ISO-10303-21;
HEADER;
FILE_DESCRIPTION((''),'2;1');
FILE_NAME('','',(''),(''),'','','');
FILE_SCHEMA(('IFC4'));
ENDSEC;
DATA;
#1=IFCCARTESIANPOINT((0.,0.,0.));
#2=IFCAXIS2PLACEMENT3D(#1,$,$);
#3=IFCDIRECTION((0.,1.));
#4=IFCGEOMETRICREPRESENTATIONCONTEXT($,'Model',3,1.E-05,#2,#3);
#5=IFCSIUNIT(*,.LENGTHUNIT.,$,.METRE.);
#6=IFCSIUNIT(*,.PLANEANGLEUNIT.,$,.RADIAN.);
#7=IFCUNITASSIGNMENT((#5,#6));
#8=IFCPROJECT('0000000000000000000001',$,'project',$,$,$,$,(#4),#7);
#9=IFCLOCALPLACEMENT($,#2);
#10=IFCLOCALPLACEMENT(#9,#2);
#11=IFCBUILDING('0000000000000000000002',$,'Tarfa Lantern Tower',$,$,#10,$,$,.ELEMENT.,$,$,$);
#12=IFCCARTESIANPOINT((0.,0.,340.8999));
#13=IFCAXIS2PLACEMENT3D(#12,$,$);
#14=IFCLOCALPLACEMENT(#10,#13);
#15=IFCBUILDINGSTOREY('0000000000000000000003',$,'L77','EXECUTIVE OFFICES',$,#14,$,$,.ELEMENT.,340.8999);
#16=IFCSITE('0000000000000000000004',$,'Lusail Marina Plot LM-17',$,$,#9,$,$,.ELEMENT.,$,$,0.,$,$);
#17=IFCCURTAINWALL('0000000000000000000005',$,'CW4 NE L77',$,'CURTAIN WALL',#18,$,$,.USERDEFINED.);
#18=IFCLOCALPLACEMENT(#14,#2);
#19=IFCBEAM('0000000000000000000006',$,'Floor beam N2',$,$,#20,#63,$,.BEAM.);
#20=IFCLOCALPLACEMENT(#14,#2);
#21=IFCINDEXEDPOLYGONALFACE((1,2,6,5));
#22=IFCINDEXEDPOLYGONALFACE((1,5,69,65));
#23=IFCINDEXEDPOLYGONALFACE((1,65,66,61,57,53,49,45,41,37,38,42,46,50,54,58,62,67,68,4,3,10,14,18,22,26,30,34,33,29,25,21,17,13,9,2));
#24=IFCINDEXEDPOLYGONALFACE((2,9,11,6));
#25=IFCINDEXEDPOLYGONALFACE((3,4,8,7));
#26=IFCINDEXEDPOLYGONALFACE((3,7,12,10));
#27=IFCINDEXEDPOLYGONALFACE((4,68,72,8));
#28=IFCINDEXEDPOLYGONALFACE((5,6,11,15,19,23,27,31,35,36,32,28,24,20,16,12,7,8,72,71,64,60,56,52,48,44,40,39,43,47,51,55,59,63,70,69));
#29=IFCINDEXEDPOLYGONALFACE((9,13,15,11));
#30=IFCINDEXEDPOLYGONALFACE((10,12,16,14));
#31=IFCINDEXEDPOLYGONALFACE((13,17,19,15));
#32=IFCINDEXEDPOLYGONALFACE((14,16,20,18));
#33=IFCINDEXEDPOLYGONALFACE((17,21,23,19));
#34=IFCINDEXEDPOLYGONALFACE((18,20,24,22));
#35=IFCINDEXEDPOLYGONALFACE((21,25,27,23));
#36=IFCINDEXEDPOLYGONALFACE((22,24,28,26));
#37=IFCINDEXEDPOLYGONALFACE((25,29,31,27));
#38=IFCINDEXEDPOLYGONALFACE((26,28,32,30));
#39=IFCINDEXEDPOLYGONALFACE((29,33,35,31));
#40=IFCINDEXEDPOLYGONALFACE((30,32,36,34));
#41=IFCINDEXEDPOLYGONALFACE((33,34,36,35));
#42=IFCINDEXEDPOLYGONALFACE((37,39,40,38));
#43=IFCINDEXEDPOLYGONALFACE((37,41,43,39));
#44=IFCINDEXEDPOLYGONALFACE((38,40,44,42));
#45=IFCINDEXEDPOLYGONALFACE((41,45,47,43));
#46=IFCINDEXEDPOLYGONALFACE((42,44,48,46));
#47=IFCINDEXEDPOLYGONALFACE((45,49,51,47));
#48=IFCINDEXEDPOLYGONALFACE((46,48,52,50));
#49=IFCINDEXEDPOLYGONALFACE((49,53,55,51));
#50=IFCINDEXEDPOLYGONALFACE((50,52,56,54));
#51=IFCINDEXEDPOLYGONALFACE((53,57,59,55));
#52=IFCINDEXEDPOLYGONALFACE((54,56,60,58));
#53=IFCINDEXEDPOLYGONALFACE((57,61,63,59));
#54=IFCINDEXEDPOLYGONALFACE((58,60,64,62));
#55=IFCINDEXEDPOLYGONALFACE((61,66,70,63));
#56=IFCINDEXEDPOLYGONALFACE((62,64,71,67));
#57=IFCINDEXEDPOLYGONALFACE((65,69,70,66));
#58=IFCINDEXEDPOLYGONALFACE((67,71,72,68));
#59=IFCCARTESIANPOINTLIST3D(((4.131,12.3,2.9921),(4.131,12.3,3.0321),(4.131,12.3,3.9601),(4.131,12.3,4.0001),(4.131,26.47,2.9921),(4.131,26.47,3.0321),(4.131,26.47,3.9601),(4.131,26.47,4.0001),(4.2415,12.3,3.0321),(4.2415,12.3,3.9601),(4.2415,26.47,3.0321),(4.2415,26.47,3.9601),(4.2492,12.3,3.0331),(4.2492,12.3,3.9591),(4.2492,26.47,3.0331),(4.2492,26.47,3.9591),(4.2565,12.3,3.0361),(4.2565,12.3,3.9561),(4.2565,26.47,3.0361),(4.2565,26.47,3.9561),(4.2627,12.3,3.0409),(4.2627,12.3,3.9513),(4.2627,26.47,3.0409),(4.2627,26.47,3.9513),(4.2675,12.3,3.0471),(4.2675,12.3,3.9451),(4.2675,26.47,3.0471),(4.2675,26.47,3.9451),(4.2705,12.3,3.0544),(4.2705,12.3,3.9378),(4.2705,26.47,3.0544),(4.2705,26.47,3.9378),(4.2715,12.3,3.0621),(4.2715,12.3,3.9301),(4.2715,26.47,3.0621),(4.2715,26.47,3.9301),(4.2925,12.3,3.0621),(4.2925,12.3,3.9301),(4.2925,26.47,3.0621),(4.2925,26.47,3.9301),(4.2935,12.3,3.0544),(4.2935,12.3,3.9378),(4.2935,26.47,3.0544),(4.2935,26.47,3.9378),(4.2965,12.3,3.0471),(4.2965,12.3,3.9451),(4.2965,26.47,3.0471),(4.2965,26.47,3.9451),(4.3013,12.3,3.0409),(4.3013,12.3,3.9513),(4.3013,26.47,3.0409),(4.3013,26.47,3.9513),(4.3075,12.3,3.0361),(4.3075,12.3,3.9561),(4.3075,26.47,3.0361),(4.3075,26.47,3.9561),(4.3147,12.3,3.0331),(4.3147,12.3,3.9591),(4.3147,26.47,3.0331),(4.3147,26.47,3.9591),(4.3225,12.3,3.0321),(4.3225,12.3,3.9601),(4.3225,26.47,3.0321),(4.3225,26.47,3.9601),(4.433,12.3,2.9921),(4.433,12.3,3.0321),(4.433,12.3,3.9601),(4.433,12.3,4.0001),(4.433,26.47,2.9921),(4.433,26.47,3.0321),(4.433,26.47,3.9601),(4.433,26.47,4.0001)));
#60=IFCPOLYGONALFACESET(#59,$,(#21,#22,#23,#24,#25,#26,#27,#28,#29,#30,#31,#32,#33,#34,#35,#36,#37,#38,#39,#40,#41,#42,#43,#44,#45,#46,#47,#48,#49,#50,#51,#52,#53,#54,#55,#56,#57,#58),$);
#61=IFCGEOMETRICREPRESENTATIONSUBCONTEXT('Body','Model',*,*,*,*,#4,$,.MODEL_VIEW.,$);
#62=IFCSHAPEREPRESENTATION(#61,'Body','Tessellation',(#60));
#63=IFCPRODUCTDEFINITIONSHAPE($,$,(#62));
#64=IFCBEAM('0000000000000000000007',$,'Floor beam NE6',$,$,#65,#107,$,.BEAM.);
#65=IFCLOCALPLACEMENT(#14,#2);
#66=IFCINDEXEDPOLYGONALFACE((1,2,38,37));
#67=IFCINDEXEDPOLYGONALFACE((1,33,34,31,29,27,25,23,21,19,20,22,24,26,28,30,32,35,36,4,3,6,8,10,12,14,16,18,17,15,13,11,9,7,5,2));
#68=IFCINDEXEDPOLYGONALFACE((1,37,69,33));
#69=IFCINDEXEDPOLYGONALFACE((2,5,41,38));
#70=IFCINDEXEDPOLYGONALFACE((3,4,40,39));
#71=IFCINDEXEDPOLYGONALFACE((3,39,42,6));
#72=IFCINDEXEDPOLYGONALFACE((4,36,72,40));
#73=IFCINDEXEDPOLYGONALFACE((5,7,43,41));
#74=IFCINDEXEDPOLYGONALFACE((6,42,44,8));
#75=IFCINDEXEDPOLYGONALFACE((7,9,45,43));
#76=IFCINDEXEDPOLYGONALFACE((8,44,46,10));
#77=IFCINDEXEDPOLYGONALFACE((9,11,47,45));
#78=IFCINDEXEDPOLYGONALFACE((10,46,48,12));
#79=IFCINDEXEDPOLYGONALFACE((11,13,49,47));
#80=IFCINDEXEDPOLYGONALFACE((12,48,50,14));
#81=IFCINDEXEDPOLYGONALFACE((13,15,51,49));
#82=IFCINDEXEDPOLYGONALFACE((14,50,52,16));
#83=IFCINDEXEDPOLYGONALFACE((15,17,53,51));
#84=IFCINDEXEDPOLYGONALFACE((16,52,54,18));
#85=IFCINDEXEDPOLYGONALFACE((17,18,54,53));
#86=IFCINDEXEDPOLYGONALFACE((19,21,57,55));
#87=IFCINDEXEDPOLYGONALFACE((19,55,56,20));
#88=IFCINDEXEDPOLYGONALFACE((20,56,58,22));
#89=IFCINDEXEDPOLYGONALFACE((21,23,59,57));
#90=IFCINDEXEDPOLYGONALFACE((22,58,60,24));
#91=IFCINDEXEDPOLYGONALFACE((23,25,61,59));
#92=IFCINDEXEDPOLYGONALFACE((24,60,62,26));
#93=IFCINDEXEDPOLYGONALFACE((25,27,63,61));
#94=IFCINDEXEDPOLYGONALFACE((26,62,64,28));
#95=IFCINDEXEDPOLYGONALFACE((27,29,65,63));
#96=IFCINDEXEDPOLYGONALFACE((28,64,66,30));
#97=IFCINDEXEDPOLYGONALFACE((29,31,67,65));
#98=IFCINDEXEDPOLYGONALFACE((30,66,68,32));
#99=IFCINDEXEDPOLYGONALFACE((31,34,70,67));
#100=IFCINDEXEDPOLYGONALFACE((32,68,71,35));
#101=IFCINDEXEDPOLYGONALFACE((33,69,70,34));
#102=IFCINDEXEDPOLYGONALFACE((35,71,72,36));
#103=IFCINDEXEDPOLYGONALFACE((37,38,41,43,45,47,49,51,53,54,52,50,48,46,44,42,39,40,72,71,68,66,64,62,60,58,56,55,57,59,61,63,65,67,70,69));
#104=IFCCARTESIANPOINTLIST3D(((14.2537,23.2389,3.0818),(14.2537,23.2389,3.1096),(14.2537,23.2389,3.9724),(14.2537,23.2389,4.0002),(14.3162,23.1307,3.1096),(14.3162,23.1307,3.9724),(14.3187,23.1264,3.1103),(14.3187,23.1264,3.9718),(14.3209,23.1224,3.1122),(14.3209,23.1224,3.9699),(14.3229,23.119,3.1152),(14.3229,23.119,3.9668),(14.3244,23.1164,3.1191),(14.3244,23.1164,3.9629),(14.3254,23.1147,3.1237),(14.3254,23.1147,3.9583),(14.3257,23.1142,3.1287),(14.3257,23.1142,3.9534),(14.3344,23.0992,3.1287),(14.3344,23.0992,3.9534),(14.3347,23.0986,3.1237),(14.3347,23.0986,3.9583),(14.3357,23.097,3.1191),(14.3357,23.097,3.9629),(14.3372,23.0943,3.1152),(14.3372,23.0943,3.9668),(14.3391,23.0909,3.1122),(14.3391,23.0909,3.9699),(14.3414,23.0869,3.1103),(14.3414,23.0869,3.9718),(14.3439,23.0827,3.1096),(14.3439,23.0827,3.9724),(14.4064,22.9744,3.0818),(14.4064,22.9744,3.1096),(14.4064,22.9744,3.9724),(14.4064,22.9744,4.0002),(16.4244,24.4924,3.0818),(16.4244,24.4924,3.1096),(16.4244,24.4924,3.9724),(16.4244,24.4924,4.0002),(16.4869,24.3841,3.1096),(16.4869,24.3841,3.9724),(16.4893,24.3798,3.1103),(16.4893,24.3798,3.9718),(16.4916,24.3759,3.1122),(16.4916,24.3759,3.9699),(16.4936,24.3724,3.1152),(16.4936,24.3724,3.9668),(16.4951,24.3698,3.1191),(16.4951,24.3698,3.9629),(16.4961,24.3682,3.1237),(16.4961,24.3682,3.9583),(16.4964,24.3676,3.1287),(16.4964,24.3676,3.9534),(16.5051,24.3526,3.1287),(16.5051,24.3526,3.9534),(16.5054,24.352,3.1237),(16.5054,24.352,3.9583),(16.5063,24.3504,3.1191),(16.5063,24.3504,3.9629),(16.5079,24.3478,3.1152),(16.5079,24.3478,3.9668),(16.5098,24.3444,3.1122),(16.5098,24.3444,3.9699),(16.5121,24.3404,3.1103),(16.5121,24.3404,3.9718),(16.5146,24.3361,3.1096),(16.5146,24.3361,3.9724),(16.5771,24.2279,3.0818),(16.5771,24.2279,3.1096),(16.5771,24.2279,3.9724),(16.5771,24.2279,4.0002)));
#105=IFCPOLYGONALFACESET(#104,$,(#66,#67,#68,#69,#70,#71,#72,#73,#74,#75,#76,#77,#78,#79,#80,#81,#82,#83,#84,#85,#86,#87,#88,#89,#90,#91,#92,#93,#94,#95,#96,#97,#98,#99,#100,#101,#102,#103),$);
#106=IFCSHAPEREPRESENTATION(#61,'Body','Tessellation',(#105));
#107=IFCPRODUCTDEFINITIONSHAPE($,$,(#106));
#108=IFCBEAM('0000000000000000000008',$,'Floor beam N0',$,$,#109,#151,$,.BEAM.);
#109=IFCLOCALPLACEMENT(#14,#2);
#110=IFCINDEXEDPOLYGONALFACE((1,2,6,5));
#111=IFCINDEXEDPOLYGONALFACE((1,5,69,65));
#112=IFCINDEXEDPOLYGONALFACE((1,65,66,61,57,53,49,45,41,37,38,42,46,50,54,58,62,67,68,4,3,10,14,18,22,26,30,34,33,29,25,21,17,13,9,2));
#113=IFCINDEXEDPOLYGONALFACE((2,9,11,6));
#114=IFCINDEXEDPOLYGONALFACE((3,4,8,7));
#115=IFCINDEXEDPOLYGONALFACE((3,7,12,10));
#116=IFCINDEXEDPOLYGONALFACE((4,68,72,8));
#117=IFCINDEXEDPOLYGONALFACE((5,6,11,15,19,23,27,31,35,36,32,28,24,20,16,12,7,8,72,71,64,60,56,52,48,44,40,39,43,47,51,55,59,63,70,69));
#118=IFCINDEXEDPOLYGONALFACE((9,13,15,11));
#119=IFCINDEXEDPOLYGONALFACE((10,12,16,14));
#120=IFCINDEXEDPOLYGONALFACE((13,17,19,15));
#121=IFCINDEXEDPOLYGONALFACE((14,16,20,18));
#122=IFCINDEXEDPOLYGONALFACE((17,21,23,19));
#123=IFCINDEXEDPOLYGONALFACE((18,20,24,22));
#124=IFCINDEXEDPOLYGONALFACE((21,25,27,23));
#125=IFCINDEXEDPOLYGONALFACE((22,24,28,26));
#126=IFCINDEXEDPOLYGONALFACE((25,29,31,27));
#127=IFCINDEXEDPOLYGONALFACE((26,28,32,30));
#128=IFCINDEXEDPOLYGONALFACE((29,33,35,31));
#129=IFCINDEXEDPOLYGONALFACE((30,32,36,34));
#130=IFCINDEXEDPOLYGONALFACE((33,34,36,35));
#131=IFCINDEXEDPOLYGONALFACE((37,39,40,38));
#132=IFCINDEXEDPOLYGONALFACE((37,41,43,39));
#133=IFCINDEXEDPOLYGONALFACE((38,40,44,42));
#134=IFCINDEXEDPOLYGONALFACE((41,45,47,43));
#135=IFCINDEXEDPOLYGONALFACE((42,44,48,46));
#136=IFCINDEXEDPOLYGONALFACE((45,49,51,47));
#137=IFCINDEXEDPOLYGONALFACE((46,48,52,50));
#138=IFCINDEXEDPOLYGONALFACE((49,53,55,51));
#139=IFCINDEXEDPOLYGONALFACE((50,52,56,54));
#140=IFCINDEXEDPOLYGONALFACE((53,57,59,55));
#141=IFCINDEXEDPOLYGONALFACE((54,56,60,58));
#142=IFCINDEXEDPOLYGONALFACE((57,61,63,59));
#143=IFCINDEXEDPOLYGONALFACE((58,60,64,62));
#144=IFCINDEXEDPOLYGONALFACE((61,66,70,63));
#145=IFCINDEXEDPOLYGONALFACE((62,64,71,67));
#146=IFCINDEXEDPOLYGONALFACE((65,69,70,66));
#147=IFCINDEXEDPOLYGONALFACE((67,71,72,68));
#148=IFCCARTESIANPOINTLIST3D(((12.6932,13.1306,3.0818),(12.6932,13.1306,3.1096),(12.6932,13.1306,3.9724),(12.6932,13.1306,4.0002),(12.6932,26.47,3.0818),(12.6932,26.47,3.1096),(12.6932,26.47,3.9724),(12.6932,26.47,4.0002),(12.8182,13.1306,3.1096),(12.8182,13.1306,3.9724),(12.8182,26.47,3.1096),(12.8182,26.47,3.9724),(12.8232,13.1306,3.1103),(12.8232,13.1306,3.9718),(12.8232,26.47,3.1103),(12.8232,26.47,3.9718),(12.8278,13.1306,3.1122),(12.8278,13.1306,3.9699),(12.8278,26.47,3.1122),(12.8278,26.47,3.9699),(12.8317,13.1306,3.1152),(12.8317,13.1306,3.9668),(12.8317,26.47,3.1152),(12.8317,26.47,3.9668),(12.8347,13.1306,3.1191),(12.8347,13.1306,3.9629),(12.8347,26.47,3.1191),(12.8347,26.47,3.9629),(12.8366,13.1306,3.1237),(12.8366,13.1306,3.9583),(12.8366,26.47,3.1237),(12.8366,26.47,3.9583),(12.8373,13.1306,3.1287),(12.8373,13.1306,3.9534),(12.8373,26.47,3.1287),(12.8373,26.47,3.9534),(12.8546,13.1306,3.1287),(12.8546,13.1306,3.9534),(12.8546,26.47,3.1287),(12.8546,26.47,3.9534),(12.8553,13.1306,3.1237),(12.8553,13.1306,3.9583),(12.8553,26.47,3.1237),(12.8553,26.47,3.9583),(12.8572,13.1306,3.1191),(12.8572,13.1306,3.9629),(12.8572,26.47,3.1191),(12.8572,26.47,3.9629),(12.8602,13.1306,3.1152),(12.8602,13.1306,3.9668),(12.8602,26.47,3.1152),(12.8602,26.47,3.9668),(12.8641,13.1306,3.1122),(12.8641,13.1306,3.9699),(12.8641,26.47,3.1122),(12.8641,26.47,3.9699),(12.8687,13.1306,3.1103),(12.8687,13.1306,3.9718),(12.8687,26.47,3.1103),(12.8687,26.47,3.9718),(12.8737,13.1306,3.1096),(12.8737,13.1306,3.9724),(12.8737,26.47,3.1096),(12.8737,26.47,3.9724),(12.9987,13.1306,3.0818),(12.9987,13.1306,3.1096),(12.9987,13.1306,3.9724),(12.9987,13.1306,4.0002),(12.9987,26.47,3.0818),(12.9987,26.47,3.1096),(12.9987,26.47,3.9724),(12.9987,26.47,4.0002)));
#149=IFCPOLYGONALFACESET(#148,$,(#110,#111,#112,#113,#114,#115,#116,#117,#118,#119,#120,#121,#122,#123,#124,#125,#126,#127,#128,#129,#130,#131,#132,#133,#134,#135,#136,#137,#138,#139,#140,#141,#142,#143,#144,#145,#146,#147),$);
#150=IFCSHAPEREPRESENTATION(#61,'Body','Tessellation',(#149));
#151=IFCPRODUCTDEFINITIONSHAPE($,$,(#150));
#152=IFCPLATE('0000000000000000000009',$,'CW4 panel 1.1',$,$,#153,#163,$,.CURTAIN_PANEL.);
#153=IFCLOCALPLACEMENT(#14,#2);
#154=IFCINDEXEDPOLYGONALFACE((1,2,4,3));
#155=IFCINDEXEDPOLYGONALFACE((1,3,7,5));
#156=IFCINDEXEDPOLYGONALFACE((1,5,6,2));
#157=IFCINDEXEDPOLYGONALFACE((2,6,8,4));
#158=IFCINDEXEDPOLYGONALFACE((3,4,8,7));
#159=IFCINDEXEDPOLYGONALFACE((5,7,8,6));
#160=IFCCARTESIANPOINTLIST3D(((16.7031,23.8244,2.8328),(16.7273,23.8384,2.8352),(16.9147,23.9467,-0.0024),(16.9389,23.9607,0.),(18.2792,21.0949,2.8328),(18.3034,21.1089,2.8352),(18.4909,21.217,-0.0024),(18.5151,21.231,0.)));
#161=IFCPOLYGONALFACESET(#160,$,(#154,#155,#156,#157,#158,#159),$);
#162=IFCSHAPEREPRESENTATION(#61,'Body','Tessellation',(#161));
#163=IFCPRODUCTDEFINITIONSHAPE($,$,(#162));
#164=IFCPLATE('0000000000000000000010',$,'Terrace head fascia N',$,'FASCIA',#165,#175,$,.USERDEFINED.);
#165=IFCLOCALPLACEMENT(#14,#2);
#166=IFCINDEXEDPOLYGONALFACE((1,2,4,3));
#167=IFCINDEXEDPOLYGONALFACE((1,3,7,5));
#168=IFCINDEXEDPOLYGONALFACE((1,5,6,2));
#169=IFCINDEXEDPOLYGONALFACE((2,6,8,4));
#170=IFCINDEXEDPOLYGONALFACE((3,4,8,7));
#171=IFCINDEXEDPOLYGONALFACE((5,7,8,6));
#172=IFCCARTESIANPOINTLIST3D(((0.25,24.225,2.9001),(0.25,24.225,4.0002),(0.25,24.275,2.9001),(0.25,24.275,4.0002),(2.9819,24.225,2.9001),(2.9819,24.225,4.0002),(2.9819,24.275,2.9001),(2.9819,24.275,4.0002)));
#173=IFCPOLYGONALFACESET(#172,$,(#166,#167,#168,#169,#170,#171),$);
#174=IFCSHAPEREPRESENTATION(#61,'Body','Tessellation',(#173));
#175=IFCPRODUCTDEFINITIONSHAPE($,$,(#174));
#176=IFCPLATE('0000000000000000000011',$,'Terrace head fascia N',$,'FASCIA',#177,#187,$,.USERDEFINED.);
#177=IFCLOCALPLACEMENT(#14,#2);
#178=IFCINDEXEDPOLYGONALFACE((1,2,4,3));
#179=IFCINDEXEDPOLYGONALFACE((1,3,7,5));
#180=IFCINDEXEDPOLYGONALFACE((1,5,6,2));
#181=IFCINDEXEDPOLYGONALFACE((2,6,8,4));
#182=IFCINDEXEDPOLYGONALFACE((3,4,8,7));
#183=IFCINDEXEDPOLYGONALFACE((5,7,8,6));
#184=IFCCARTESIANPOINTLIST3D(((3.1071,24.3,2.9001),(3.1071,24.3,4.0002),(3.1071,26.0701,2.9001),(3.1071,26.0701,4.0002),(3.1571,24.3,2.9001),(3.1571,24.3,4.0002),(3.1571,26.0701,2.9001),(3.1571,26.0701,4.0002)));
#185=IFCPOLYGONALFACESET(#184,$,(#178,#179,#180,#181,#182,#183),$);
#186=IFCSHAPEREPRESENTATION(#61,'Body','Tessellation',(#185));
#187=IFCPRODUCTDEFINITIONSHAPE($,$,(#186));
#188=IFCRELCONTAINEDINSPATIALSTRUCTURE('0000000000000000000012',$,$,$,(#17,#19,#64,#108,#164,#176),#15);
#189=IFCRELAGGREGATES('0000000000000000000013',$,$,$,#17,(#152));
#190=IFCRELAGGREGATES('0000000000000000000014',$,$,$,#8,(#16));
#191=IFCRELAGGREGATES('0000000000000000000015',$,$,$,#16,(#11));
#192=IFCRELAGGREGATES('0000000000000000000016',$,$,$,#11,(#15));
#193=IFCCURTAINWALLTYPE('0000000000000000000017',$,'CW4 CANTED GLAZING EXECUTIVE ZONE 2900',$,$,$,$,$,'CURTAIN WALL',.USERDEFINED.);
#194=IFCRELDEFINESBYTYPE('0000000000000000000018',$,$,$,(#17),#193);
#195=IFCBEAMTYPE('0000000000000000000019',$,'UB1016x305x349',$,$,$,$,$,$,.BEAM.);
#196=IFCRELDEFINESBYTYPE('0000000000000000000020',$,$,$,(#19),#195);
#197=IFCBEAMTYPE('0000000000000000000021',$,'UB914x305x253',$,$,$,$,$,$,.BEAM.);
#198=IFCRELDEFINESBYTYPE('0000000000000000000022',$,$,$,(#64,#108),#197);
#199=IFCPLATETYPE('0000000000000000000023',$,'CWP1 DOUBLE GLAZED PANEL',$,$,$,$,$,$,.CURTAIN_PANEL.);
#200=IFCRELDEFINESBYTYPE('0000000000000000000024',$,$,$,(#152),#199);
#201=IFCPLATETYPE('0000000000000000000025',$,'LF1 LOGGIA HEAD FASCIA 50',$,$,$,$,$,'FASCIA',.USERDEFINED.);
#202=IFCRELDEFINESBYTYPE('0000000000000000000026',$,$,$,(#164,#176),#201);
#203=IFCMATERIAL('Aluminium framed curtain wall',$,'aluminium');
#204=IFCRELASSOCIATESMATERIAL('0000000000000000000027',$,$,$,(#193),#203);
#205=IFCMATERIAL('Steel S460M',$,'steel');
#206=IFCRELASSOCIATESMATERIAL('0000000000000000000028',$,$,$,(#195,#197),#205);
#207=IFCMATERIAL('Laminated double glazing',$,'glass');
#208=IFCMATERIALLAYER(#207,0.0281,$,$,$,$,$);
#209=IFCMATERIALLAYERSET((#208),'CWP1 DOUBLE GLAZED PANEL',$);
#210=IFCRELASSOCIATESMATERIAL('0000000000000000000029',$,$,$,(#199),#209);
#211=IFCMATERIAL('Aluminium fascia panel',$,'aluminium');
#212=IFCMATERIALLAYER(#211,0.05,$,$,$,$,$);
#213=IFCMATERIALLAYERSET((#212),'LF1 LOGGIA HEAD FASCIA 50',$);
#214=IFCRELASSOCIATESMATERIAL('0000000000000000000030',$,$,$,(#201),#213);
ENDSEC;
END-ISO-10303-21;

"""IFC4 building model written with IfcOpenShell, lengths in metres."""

from ifc_helpers import new_model, si_unit, direction, frame, origin, origin_2d, place, context, subcontext, project, spatial, polyline, rectangle, i_section, outline, extrude, material, layer, layer_set, material_profile, profile_set, type_object, element, aggregate, save


model = new_model("IFC4")

# Units and contexts
model_context = context("Model", 3, precision=1e-05, world=origin(), true_north=direction((0.0, 1.0)))
body_context = subcontext(model_context, "Body", "Model", "MODEL_VIEW")
ifc_project = project(units=[si_unit("LENGTHUNIT", "METRE"), si_unit("PLANEANGLEUNIT", "RADIAN")], contexts=[model_context])

# Site, building, storey
site_placement = place(None, origin())
site = spatial("IfcSite", under=ifc_project, at=site_placement, Name="Lusail Marina Plot LM-17", CompositionType="ELEMENT", RefElevation=0.0)
building_placement = place(site_placement, origin())
building = spatial("IfcBuilding", under=site, at=building_placement, Name="Tarfa Lantern Tower", CompositionType="ELEMENT")
storey_placement = place(building_placement, frame((0.0, 0.0, 340.8999)))
storey = spatial("IfcBuildingStorey", under=building, at=storey_placement, Name="L77", Description="EXECUTIVE OFFICES", CompositionType="ELEMENT", Elevation=340.8999)

# Curtain wall
ifc_material_1 = material(Name="Aluminium framed curtain wall", Category="aluminium")
curtain_wall_type = type_object("IfcCurtainWallType", Name="CW4 CANTED GLAZING EXECUTIVE ZONE 2900", ElementType="CURTAIN WALL", PredefinedType="USERDEFINED", material=ifc_material_1)
curtain_wall_placement = place(storey_placement, origin())
curtain_wall = element("IfcCurtainWall", 1, at=curtain_wall_placement, inside=storey, type_object=curtain_wall_type, Name="CW4 NE L77", ObjectType="CURTAIN WALL", PredefinedType="USERDEFINED")

# Beams
ifc_material_2 = material(Name="Steel S460M", Category="steel")
ifc_material_profile_1 = material_profile(ifc_material_2, i_section(OverallWidth=0.302, OverallDepth=1.0081, WebThickness=0.021, FlangeThickness=0.04, FilletRadius=0.03, at=origin_2d()), Name="UB1016x305x349")
ifc_profile_set_1 = profile_set([ifc_material_profile_1], Name="Steel S460M")
beam_type_1 = type_object("IfcBeamType", Name="UB1016x305x349", PredefinedType="BEAM", material=ifc_profile_set_1)
for number, where, z_axis, x_axis, name in (
    (2, (4.282, 26.47, 3.4961), (0.0, -1.0, 0.0), (1.0, 0.0, 0.0), "Floor beam N2"),
):
    element("IfcBeam", number, at=place(storey_placement, frame(where, z_axis=z_axis, x_axis=x_axis)), inside=storey, type_object=beam_type_1, Name=name, PredefinedType="BEAM", context=body_context, shape_type="SweptSolid", body=[
        extrude(i_section(OverallWidth=0.302, OverallDepth=1.0081, WebThickness=0.021, FlangeThickness=0.04, FilletRadius=0.03, at=origin_2d()), origin(), (0.0, 0.0, 1.0), 14.1699),
    ])
ifc_material_profile_2 = material_profile(ifc_material_2, i_section(OverallWidth=0.3054, OverallDepth=0.9185, WebThickness=0.0173, FlangeThickness=0.0278, FilletRadius=0.019, at=origin_2d()), Name="UB914x305x253")
ifc_profile_set_2 = profile_set([ifc_material_profile_2], Name="Steel S460M")
beam_type_2 = type_object("IfcBeamType", Name="UB914x305x253", PredefinedType="BEAM", material=ifc_profile_set_2)
beam_1_placement = place(storey_placement, frame((16.5007, 24.3601, 3.541), z_axis=(-0.865993, -0.500057, 0.0), x_axis=(0.500057, -0.865993, 0.0)))
element("IfcBeam", 3, at=beam_1_placement, inside=storey, type_object=beam_type_2, Name="Floor beam NE6", PredefinedType="BEAM", context=body_context, shape_type="SweptSolid", body=[
    extrude(i_section(OverallWidth=0.3054, OverallDepth=0.9185, WebThickness=0.0173, FlangeThickness=0.0278, FilletRadius=0.019, at=origin_2d()), origin(), (0.0, 0.0, 1.0), 2.5066),
])
beam_2_placement = place(storey_placement, frame((12.8459, 26.47, 3.541), z_axis=(0.0, -1.0, 0.0), x_axis=(1.0, 0.0, 0.0)))
element("IfcBeam", 4, at=beam_2_placement, inside=storey, type_object=beam_type_2, Name="Floor beam N0", PredefinedType="BEAM", context=body_context, shape_type="SweptSolid", body=[
    extrude(i_section(OverallWidth=0.3054, OverallDepth=0.9185, WebThickness=0.0173, FlangeThickness=0.0278, FilletRadius=0.019, at=origin_2d()), origin(), (0.0, 0.0, 1.0), 13.3394),
])

# Plate
ifc_material_3 = material(Name="Laminated double glazing", Category="glass")
ifc_layer_1 = layer(ifc_material_3, 0.0281)
ifc_layer_set_1 = layer_set([ifc_layer_1], Name="CWP1 DOUBLE GLAZED PANEL")
plate_type_1 = type_object("IfcPlateType", Name="CWP1 DOUBLE GLAZED PANEL", PredefinedType="CURTAIN_PANEL", material=ifc_layer_set_1)
plate_1_placement = place(storey_placement, frame((18.5151, 21.231, 0.0), z_axis=(0.862794, 0.498207, 0.085886), x_axis=(-0.500054, 0.865994, -0.000002)))
plate_1 = element("IfcPlate", 5, at=plate_1_placement, type_object=plate_type_1, Name="CW4 panel 1.1", PredefinedType="CURTAIN_PANEL", context=body_context, shape_type="SweptSolid", body=[
    extrude(outline(polyline([(0.0, 0.0), (3.1521, 0.0), (3.152, 2.8457), (0.0001, 2.8457), (0.0, 0.0)])), origin(), (0.0, 0.0, -1.0), 0.0281),
])
aggregate(curtain_wall, [plate_1])

# Plates
ifc_material_4 = material(Name="Aluminium fascia panel", Category="aluminium")
ifc_layer_2 = layer(ifc_material_4, 0.05)
ifc_layer_set_2 = layer_set([ifc_layer_2], Name="LF1 LOGGIA HEAD FASCIA 50")
plate_type_2 = type_object("IfcPlateType", Name="LF1 LOGGIA HEAD FASCIA 50", ElementType="FASCIA", PredefinedType="USERDEFINED", material=ifc_layer_set_2)
plate_2_placement = place(storey_placement, frame((1.616, 24.25, 2.9001), z_axis=(0.0, 0.0, 1.0), x_axis=(-1.0, 0.0, 0.0)))
element("IfcPlate", 6, at=plate_2_placement, inside=storey, type_object=plate_type_2, Name="Terrace head fascia N", ObjectType="FASCIA", PredefinedType="USERDEFINED", context=body_context, shape_type="SweptSolid", body=[
    extrude(rectangle(XDim=2.7319, YDim=0.05, at=origin_2d()), origin(), (0.0, 0.0, 1.0), 1.1001),
])
plate_3_placement = place(storey_placement, frame((3.1321, 25.1851, 2.9001), z_axis=(0.0, 0.0, 1.0), x_axis=(0.0, -1.0, 0.0)))
element("IfcPlate", 7, at=plate_3_placement, inside=storey, type_object=plate_type_2, Name="Terrace head fascia N", ObjectType="FASCIA", PredefinedType="USERDEFINED", context=body_context, shape_type="SweptSolid", body=[
    extrude(rectangle(XDim=1.77, YDim=0.05, at=origin_2d()), origin(), (0.0, 0.0, 1.0), 1.1001),
])

save(model, "model.ifc")
